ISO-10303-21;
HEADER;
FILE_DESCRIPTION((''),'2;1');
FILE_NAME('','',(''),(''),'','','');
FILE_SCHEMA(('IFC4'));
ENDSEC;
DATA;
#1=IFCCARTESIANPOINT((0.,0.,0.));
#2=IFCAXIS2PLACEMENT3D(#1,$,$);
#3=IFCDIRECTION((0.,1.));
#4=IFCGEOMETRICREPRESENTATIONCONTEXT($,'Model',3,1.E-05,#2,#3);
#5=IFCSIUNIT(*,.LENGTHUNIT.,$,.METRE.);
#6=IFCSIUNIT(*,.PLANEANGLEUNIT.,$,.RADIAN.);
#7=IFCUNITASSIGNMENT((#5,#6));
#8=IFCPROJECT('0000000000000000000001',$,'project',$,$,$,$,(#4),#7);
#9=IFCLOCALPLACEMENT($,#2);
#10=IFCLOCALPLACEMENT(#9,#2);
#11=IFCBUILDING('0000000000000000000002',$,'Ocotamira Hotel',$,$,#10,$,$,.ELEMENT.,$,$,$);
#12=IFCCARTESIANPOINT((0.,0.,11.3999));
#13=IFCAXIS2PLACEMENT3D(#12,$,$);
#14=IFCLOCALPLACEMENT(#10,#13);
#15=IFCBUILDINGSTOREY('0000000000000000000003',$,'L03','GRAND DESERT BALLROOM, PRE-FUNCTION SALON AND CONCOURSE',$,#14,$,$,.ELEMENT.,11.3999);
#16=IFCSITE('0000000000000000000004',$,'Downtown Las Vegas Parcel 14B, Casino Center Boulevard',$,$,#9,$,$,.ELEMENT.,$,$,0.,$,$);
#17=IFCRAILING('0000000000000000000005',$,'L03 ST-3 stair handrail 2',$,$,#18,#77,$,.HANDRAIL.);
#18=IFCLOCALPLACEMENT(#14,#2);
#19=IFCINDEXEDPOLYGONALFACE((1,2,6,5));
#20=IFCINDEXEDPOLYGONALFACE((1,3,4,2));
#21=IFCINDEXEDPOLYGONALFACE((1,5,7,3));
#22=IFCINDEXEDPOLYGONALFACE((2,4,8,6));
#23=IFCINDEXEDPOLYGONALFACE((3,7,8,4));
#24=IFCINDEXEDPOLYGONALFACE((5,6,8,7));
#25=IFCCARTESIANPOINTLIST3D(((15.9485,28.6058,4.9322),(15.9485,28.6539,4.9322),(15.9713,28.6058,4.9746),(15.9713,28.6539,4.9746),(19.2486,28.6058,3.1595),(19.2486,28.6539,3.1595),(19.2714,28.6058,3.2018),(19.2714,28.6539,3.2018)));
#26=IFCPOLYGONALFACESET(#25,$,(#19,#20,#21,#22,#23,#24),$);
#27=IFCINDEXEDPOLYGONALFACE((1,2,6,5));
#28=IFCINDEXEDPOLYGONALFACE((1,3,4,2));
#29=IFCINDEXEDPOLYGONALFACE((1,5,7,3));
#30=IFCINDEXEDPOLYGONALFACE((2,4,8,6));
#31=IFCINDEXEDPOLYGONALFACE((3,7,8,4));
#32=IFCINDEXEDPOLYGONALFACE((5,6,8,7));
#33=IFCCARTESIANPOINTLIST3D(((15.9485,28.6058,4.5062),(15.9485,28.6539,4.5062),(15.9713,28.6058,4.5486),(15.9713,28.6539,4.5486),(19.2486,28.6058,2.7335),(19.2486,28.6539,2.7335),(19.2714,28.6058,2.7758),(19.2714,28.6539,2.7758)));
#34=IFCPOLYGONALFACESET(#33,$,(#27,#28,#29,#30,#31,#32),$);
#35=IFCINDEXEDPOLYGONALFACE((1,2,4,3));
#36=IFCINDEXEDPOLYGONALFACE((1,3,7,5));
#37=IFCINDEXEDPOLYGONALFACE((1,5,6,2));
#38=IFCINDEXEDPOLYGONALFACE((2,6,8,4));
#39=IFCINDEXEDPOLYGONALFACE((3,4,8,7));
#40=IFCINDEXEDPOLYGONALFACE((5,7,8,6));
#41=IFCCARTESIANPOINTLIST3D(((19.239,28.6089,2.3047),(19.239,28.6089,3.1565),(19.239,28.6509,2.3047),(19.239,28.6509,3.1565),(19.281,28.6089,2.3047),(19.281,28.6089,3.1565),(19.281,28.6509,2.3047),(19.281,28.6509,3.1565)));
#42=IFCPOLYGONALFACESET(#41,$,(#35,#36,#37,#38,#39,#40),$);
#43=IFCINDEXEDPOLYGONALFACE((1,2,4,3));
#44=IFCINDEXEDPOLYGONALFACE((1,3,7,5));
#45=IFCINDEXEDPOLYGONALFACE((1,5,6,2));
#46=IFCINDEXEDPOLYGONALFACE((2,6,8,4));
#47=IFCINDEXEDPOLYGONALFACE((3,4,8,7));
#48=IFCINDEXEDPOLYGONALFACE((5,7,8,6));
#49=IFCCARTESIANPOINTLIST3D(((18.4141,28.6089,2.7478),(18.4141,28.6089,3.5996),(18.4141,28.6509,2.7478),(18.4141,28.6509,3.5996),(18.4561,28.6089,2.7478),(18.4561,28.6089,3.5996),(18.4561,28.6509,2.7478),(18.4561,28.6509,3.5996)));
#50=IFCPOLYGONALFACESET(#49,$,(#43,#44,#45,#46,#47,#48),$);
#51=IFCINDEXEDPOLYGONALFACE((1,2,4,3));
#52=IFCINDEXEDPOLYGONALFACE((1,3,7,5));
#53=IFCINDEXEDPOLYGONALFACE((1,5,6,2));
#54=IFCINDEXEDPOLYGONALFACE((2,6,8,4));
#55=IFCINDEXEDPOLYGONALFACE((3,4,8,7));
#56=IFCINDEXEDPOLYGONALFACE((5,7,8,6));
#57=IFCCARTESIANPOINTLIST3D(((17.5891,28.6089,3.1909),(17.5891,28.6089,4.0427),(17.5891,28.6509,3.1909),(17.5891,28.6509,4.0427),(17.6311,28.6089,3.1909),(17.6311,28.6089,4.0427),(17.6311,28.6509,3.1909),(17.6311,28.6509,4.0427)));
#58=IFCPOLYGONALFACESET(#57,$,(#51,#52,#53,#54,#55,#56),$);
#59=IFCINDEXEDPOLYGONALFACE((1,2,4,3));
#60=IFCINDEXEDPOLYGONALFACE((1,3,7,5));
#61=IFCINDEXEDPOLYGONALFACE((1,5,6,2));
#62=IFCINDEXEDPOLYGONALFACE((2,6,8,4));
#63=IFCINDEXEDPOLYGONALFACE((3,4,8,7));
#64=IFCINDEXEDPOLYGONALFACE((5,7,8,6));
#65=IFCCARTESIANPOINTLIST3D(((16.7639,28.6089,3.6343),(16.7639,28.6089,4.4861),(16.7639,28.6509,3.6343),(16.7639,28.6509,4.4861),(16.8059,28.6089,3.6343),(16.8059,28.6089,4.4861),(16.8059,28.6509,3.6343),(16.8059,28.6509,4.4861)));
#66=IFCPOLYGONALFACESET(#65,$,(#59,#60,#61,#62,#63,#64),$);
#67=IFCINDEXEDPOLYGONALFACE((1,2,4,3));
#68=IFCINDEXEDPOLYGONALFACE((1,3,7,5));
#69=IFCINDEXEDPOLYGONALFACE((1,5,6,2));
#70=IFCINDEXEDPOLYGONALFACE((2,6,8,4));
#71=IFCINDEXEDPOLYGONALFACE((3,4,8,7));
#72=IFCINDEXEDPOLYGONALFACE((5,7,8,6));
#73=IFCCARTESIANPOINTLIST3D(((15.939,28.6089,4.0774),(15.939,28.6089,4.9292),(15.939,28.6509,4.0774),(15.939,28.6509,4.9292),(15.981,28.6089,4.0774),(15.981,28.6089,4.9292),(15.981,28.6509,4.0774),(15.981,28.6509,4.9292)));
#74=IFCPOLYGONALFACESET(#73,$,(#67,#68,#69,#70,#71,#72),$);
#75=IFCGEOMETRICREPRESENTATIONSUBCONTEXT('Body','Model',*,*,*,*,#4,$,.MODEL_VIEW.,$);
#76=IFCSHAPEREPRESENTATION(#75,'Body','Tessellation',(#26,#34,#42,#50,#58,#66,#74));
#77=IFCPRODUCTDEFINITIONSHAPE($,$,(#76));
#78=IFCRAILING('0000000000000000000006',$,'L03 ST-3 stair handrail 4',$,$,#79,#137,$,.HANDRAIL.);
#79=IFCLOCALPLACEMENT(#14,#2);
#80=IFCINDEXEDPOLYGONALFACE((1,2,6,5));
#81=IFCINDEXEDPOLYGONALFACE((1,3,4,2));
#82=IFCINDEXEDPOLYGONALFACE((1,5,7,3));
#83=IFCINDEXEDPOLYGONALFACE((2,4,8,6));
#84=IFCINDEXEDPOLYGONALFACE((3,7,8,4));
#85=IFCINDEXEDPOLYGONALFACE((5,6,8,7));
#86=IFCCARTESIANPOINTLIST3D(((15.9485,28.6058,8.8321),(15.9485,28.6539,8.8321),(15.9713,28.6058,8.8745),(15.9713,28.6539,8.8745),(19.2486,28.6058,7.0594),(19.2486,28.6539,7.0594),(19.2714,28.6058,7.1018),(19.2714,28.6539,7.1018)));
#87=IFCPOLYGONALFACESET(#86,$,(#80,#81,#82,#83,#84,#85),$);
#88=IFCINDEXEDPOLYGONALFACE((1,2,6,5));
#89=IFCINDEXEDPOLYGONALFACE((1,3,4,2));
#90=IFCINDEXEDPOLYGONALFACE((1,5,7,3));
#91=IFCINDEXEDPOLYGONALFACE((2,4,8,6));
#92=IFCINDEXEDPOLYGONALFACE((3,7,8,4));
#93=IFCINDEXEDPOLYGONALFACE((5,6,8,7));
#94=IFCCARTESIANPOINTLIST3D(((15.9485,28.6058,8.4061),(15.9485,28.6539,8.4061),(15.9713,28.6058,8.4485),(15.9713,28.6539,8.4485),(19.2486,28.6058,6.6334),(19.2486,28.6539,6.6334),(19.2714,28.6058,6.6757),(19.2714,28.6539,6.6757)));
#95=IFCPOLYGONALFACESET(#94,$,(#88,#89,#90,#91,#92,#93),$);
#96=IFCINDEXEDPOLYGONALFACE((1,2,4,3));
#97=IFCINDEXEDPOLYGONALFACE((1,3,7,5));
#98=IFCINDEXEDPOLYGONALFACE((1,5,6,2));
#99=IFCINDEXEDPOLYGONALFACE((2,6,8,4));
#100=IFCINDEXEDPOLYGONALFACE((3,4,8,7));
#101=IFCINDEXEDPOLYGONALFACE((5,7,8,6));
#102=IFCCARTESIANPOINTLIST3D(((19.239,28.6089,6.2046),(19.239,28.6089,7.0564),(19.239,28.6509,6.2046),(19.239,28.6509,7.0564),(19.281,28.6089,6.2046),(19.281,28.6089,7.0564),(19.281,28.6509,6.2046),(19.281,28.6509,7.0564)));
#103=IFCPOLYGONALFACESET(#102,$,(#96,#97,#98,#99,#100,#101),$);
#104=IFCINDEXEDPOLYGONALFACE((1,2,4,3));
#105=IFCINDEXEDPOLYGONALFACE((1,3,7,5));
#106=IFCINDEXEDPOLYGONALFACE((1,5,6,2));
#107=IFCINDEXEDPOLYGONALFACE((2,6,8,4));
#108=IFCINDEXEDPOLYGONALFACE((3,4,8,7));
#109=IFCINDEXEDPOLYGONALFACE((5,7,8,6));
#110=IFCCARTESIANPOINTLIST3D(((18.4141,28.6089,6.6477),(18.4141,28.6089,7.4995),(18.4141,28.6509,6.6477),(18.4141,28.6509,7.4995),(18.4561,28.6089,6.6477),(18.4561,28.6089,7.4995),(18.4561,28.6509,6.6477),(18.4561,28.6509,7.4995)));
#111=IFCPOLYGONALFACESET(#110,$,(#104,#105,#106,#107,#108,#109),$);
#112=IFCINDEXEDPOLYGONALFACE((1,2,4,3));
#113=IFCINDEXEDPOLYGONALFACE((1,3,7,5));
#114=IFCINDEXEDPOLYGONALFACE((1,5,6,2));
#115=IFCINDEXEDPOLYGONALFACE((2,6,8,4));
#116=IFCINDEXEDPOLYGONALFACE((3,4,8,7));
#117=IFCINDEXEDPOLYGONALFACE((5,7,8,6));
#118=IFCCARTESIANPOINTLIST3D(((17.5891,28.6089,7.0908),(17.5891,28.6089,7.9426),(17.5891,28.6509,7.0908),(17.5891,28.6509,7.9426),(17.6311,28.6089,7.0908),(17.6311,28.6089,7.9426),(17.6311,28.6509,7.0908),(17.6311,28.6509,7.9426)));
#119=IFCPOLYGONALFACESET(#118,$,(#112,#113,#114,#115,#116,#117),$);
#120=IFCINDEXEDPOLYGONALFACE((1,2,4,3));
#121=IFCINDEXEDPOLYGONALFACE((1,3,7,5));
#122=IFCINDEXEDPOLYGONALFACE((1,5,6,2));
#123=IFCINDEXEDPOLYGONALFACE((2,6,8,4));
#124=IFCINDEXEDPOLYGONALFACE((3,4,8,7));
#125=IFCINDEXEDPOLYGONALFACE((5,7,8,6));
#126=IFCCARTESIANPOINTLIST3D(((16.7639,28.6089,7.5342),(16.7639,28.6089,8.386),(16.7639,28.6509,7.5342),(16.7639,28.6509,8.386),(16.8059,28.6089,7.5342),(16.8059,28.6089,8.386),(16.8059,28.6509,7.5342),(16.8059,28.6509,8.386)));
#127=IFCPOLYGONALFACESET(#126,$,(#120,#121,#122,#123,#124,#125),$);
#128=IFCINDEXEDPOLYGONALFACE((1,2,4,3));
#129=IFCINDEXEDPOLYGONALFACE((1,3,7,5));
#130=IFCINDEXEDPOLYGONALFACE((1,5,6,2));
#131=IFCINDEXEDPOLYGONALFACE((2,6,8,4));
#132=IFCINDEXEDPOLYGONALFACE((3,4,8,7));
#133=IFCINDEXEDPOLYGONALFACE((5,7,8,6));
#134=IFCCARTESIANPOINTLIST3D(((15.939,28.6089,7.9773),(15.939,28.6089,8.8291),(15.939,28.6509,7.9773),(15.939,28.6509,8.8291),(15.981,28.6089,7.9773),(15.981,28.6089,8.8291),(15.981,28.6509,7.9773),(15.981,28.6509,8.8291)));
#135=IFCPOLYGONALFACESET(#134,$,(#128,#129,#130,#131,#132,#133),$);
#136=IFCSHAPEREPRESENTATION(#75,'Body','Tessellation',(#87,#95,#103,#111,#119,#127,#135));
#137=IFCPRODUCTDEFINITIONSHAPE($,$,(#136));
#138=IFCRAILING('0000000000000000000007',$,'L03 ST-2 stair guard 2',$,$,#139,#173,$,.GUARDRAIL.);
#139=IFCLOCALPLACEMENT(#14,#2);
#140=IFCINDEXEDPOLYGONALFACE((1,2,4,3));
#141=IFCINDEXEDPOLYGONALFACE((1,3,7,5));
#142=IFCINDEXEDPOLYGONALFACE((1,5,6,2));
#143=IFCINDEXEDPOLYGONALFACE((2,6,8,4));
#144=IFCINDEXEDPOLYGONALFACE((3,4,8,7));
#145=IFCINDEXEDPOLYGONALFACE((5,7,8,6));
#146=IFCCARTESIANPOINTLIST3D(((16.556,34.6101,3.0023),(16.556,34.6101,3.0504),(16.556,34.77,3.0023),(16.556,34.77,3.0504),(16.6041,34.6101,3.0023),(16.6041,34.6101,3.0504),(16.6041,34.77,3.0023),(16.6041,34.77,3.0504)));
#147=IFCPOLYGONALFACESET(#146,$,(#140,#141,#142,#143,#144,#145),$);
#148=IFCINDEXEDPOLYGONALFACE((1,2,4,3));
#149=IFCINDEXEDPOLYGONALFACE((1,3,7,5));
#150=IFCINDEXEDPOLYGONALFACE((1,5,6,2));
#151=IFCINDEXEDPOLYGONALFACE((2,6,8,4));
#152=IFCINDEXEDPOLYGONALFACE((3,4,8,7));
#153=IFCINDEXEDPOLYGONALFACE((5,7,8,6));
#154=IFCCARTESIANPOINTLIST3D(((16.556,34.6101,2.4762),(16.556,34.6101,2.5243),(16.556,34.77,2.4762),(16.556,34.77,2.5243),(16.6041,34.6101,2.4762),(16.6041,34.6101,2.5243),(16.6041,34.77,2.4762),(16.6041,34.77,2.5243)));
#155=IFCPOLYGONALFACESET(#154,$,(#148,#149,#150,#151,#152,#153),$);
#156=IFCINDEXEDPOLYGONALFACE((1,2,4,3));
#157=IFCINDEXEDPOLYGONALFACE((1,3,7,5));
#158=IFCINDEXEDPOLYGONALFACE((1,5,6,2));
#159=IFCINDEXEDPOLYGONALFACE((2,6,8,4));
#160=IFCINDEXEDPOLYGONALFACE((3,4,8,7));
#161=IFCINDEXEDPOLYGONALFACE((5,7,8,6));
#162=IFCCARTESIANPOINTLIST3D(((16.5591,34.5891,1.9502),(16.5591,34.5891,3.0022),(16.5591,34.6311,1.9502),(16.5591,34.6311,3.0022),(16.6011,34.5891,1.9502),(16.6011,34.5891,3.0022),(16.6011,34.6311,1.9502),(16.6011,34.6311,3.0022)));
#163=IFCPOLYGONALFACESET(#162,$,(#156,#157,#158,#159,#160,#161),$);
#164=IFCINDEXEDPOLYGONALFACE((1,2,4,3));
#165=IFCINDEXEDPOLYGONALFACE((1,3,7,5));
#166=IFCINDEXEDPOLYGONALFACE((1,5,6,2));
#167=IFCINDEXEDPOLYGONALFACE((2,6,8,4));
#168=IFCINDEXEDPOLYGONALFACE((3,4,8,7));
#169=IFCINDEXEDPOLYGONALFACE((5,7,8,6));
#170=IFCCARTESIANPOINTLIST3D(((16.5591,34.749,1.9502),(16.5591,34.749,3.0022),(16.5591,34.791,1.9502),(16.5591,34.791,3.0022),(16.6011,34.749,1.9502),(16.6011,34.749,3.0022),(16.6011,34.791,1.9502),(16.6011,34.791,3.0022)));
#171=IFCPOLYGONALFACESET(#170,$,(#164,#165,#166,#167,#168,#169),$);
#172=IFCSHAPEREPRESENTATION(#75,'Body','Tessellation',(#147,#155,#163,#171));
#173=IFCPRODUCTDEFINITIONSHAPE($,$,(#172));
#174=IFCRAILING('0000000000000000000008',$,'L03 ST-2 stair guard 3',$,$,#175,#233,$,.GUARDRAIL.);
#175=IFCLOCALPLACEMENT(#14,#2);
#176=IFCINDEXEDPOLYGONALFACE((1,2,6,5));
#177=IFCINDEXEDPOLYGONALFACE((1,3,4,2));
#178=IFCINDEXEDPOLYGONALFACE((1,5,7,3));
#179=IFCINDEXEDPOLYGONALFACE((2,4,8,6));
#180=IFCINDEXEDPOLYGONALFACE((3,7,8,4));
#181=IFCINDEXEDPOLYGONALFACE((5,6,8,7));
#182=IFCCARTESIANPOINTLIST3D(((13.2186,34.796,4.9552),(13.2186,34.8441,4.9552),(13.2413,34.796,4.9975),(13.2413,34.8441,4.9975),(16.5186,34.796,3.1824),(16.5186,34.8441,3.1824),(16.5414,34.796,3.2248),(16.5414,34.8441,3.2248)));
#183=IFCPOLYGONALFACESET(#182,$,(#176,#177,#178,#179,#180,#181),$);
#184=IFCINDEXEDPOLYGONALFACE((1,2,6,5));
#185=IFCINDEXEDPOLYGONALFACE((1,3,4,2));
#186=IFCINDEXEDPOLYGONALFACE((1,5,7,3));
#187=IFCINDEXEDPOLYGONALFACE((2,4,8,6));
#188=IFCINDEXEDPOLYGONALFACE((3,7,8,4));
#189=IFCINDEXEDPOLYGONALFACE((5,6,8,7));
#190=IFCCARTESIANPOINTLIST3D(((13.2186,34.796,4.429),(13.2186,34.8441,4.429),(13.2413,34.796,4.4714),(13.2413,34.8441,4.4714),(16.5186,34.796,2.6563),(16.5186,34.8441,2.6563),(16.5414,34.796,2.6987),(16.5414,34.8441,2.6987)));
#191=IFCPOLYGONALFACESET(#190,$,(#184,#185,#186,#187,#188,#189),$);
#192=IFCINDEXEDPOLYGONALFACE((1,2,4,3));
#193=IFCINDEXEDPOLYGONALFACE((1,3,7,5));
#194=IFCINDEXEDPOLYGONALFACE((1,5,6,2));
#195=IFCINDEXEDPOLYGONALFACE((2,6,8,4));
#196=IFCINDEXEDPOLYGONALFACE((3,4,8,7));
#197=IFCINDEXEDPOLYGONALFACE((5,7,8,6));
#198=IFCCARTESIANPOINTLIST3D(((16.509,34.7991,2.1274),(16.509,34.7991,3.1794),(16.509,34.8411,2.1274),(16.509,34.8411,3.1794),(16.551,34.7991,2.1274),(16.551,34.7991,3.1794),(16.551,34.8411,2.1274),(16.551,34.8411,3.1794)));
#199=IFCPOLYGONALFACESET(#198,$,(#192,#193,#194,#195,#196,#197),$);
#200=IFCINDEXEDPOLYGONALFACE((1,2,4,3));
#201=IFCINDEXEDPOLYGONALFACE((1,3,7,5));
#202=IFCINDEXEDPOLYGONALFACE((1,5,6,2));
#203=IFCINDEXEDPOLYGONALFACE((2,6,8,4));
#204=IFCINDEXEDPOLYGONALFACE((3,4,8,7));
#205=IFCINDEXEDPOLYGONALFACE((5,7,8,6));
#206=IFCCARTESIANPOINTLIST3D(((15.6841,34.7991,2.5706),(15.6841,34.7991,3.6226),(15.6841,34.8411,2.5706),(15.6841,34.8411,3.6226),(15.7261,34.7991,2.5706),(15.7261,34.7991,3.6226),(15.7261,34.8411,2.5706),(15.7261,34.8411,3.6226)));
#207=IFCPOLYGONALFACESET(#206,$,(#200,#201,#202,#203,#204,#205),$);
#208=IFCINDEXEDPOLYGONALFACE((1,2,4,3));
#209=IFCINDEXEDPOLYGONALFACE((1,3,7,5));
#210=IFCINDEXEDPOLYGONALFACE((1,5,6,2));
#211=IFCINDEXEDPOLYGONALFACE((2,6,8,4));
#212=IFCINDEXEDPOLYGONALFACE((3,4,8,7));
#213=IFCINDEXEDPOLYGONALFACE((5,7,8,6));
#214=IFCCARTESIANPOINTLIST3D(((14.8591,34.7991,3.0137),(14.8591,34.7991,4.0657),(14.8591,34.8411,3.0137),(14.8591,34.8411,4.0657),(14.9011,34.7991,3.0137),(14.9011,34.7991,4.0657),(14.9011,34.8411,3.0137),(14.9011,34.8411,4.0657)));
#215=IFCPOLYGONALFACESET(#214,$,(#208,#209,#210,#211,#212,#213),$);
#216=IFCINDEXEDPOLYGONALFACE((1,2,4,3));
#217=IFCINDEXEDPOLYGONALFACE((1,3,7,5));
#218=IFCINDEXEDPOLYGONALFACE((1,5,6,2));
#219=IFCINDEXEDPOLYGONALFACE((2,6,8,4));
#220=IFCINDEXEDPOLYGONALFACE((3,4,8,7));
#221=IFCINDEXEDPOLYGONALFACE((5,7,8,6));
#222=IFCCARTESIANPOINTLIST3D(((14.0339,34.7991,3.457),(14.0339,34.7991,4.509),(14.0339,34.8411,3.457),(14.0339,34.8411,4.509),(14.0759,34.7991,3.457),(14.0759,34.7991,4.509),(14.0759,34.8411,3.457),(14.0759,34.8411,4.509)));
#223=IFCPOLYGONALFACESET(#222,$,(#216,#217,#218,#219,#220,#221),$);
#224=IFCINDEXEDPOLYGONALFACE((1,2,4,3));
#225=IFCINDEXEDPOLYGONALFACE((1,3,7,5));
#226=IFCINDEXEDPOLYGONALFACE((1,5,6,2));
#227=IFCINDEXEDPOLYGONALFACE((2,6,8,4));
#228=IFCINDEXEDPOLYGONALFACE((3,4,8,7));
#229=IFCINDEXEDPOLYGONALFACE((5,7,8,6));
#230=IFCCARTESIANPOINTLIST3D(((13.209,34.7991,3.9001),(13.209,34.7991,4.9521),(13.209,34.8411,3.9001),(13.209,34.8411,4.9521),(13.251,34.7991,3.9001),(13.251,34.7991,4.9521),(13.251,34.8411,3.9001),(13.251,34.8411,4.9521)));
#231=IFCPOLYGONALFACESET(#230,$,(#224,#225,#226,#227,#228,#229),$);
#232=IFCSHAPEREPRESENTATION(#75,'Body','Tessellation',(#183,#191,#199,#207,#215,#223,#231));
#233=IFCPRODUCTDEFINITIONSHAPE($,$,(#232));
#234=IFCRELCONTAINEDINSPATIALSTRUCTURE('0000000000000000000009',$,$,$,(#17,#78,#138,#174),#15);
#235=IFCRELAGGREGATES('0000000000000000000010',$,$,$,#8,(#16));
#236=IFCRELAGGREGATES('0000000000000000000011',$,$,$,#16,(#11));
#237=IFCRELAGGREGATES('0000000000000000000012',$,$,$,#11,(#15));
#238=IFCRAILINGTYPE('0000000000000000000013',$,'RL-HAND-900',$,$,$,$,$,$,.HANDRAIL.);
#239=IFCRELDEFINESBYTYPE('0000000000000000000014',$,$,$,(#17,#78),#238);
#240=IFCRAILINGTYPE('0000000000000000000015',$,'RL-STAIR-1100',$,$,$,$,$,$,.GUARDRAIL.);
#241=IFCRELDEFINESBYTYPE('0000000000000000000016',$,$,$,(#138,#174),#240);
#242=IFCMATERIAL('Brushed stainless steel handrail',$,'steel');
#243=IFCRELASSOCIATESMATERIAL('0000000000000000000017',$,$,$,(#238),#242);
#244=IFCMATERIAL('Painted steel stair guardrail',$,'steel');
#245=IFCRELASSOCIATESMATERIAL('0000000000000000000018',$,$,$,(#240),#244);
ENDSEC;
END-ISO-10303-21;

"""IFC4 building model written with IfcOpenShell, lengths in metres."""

from ifc_helpers import new_model, si_unit, direction, frame, origin, origin_2d, place, context, subcontext, project, spatial, rectangle, extrude, material, type_object, element, save


model = new_model("IFC4")

# Units and contexts
model_context = context("Model", 3, precision=1e-05, world=origin(), true_north=direction((0.0, 1.0)))
body_context = subcontext(model_context, "Body", "Model", "MODEL_VIEW")
ifc_project = project(units=[si_unit("LENGTHUNIT", "METRE"), si_unit("PLANEANGLEUNIT", "RADIAN")], contexts=[model_context])

# Site, building, storey
site_placement = place(None, origin())
site = spatial("IfcSite", under=ifc_project, at=site_placement, Name="Downtown Las Vegas Parcel 14B, Casino Center Boulevard", CompositionType="ELEMENT", RefElevation=0.0)
building_placement = place(site_placement, origin())
building = spatial("IfcBuilding", under=site, at=building_placement, Name="Ocotamira Hotel", CompositionType="ELEMENT")
storey_placement = place(building_placement, frame((0.0, 0.0, 11.3999)))
storey = spatial("IfcBuildingStorey", under=building, at=storey_placement, Name="L03", Description="GRAND DESERT BALLROOM, PRE-FUNCTION SALON AND CONCOURSE", CompositionType="ELEMENT", Elevation=11.3999)

# Railings
ifc_material_1 = material(Name="Brushed stainless steel handrail", Category="steel")
railing_type_1 = type_object("IfcRailingType", Name="RL-HAND-900", PredefinedType="HANDRAIL", material=ifc_material_1)
for number, where, name in (
    (1, (19.26, 28.6299, 2.3047), "L03 ST-3 stair handrail 2"),
    (2, (19.26, 28.6299, 6.2046), "L03 ST-3 stair handrail 4"),
):
    element("IfcRailing", number, at=place(storey_placement, frame(where)), inside=storey, type_object=railing_type_1, Name=name, PredefinedType="HANDRAIL", context=body_context, shape_type="SweptSolid", body=[
        extrude(rectangle(XDim=0.0481, YDim=0.0481, at=origin_2d()), frame((0.0, 0.0, 0.876), z_axis=(-0.880944, 0.0, 0.473221), x_axis=(0.0, -1.0, 0.0)), (0.0, 0.0, 1.0), 3.7461),
        extrude(rectangle(XDim=0.0481, YDim=0.0481, at=origin_2d()), frame((0.0, 0.0, 0.45), z_axis=(-0.880944, 0.0, 0.473221), x_axis=(0.0, -1.0, 0.0)), (0.0, 0.0, 1.0), 3.7461),
        extrude(rectangle(XDim=0.042, YDim=0.042, at=origin_2d()), origin(), (0.0, 0.0, 1.0), 0.8518),
        extrude(rectangle(XDim=0.042, YDim=0.042, at=origin_2d()), frame((-0.825, 0.0, 0.4431)), (0.0, 0.0, 1.0), 0.8518),
        extrude(rectangle(XDim=0.042, YDim=0.042, at=origin_2d()), frame((-1.6499, 0.0, 0.8862)), (0.0, 0.0, 1.0), 0.8518),
        extrude(rectangle(XDim=0.042, YDim=0.042, at=origin_2d()), frame((-2.4751, 0.0, 1.3296)), (0.0, 0.0, 1.0), 0.8518),
        extrude(rectangle(XDim=0.042, YDim=0.042, at=origin_2d()), frame((-3.3, 0.0, 1.7727)), (0.0, 0.0, 1.0), 0.8518),
    ])
ifc_material_2 = material(Name="Painted steel stair guardrail", Category="steel")
railing_type_2 = type_object("IfcRailingType", Name="RL-STAIR-1100", PredefinedType="GUARDRAIL", material=ifc_material_2)
railing_1_placement = place(storey_placement, frame((16.5801, 34.6101, 1.9502)))
element("IfcRailing", 3, at=railing_1_placement, inside=storey, type_object=railing_type_2, Name="L03 ST-2 stair guard 2", PredefinedType="GUARDRAIL", context=body_context, shape_type="SweptSolid", body=[
    extrude(rectangle(XDim=0.0481, YDim=0.0481, at=origin_2d()), frame((0.0, 0.0, 1.0762), z_axis=(0.0, 1.0, 0.0), x_axis=(-1.0, 0.0, 0.0)), (0.0, 0.0, 1.0), 0.1599),
    extrude(rectangle(XDim=0.0481, YDim=0.0481, at=origin_2d()), frame((0.0, 0.0, 0.55), z_axis=(0.0, 1.0, 0.0), x_axis=(-1.0, 0.0, 0.0)), (0.0, 0.0, 1.0), 0.1599),
    extrude(rectangle(XDim=0.042, YDim=0.042, at=origin_2d()), origin(), (0.0, 0.0, 1.0), 1.052),
    extrude(rectangle(XDim=0.042, YDim=0.042, at=origin_2d()), frame((0.0, 0.1599, 0.0)), (0.0, 0.0, 1.0), 1.052),
])
railing_2_placement = place(storey_placement, frame((16.53, 34.8201, 2.1274)))
element("IfcRailing", 4, at=railing_2_placement, inside=storey, type_object=railing_type_2, Name="L03 ST-2 stair guard 3", PredefinedType="GUARDRAIL", context=body_context, shape_type="SweptSolid", body=[
    extrude(rectangle(XDim=0.0481, YDim=0.0481, at=origin_2d()), frame((0.0, 0.0, 1.0762), z_axis=(-0.880944, 0.0, 0.473221), x_axis=(0.0, -1.0, 0.0)), (0.0, 0.0, 1.0), 3.7461),
    extrude(rectangle(XDim=0.0481, YDim=0.0481, at=origin_2d()), frame((0.0, 0.0, 0.55), z_axis=(-0.880944, 0.0, 0.473221), x_axis=(0.0, -1.0, 0.0)), (0.0, 0.0, 1.0), 3.7461),
    extrude(rectangle(XDim=0.042, YDim=0.042, at=origin_2d()), origin(), (0.0, 0.0, 1.0), 1.052),
    extrude(rectangle(XDim=0.042, YDim=0.042, at=origin_2d()), frame((-0.825, 0.0, 0.4431)), (0.0, 0.0, 1.0), 1.052),
    extrude(rectangle(XDim=0.042, YDim=0.042, at=origin_2d()), frame((-1.6499, 0.0, 0.8862)), (0.0, 0.0, 1.0), 1.052),
    extrude(rectangle(XDim=0.042, YDim=0.042, at=origin_2d()), frame((-2.4751, 0.0, 1.3296)), (0.0, 0.0, 1.0), 1.052),
    extrude(rectangle(XDim=0.042, YDim=0.042, at=origin_2d()), frame((-3.3, 0.0, 1.7727)), (0.0, 0.0, 1.0), 1.052),
])

save(model, "model.ifc")
